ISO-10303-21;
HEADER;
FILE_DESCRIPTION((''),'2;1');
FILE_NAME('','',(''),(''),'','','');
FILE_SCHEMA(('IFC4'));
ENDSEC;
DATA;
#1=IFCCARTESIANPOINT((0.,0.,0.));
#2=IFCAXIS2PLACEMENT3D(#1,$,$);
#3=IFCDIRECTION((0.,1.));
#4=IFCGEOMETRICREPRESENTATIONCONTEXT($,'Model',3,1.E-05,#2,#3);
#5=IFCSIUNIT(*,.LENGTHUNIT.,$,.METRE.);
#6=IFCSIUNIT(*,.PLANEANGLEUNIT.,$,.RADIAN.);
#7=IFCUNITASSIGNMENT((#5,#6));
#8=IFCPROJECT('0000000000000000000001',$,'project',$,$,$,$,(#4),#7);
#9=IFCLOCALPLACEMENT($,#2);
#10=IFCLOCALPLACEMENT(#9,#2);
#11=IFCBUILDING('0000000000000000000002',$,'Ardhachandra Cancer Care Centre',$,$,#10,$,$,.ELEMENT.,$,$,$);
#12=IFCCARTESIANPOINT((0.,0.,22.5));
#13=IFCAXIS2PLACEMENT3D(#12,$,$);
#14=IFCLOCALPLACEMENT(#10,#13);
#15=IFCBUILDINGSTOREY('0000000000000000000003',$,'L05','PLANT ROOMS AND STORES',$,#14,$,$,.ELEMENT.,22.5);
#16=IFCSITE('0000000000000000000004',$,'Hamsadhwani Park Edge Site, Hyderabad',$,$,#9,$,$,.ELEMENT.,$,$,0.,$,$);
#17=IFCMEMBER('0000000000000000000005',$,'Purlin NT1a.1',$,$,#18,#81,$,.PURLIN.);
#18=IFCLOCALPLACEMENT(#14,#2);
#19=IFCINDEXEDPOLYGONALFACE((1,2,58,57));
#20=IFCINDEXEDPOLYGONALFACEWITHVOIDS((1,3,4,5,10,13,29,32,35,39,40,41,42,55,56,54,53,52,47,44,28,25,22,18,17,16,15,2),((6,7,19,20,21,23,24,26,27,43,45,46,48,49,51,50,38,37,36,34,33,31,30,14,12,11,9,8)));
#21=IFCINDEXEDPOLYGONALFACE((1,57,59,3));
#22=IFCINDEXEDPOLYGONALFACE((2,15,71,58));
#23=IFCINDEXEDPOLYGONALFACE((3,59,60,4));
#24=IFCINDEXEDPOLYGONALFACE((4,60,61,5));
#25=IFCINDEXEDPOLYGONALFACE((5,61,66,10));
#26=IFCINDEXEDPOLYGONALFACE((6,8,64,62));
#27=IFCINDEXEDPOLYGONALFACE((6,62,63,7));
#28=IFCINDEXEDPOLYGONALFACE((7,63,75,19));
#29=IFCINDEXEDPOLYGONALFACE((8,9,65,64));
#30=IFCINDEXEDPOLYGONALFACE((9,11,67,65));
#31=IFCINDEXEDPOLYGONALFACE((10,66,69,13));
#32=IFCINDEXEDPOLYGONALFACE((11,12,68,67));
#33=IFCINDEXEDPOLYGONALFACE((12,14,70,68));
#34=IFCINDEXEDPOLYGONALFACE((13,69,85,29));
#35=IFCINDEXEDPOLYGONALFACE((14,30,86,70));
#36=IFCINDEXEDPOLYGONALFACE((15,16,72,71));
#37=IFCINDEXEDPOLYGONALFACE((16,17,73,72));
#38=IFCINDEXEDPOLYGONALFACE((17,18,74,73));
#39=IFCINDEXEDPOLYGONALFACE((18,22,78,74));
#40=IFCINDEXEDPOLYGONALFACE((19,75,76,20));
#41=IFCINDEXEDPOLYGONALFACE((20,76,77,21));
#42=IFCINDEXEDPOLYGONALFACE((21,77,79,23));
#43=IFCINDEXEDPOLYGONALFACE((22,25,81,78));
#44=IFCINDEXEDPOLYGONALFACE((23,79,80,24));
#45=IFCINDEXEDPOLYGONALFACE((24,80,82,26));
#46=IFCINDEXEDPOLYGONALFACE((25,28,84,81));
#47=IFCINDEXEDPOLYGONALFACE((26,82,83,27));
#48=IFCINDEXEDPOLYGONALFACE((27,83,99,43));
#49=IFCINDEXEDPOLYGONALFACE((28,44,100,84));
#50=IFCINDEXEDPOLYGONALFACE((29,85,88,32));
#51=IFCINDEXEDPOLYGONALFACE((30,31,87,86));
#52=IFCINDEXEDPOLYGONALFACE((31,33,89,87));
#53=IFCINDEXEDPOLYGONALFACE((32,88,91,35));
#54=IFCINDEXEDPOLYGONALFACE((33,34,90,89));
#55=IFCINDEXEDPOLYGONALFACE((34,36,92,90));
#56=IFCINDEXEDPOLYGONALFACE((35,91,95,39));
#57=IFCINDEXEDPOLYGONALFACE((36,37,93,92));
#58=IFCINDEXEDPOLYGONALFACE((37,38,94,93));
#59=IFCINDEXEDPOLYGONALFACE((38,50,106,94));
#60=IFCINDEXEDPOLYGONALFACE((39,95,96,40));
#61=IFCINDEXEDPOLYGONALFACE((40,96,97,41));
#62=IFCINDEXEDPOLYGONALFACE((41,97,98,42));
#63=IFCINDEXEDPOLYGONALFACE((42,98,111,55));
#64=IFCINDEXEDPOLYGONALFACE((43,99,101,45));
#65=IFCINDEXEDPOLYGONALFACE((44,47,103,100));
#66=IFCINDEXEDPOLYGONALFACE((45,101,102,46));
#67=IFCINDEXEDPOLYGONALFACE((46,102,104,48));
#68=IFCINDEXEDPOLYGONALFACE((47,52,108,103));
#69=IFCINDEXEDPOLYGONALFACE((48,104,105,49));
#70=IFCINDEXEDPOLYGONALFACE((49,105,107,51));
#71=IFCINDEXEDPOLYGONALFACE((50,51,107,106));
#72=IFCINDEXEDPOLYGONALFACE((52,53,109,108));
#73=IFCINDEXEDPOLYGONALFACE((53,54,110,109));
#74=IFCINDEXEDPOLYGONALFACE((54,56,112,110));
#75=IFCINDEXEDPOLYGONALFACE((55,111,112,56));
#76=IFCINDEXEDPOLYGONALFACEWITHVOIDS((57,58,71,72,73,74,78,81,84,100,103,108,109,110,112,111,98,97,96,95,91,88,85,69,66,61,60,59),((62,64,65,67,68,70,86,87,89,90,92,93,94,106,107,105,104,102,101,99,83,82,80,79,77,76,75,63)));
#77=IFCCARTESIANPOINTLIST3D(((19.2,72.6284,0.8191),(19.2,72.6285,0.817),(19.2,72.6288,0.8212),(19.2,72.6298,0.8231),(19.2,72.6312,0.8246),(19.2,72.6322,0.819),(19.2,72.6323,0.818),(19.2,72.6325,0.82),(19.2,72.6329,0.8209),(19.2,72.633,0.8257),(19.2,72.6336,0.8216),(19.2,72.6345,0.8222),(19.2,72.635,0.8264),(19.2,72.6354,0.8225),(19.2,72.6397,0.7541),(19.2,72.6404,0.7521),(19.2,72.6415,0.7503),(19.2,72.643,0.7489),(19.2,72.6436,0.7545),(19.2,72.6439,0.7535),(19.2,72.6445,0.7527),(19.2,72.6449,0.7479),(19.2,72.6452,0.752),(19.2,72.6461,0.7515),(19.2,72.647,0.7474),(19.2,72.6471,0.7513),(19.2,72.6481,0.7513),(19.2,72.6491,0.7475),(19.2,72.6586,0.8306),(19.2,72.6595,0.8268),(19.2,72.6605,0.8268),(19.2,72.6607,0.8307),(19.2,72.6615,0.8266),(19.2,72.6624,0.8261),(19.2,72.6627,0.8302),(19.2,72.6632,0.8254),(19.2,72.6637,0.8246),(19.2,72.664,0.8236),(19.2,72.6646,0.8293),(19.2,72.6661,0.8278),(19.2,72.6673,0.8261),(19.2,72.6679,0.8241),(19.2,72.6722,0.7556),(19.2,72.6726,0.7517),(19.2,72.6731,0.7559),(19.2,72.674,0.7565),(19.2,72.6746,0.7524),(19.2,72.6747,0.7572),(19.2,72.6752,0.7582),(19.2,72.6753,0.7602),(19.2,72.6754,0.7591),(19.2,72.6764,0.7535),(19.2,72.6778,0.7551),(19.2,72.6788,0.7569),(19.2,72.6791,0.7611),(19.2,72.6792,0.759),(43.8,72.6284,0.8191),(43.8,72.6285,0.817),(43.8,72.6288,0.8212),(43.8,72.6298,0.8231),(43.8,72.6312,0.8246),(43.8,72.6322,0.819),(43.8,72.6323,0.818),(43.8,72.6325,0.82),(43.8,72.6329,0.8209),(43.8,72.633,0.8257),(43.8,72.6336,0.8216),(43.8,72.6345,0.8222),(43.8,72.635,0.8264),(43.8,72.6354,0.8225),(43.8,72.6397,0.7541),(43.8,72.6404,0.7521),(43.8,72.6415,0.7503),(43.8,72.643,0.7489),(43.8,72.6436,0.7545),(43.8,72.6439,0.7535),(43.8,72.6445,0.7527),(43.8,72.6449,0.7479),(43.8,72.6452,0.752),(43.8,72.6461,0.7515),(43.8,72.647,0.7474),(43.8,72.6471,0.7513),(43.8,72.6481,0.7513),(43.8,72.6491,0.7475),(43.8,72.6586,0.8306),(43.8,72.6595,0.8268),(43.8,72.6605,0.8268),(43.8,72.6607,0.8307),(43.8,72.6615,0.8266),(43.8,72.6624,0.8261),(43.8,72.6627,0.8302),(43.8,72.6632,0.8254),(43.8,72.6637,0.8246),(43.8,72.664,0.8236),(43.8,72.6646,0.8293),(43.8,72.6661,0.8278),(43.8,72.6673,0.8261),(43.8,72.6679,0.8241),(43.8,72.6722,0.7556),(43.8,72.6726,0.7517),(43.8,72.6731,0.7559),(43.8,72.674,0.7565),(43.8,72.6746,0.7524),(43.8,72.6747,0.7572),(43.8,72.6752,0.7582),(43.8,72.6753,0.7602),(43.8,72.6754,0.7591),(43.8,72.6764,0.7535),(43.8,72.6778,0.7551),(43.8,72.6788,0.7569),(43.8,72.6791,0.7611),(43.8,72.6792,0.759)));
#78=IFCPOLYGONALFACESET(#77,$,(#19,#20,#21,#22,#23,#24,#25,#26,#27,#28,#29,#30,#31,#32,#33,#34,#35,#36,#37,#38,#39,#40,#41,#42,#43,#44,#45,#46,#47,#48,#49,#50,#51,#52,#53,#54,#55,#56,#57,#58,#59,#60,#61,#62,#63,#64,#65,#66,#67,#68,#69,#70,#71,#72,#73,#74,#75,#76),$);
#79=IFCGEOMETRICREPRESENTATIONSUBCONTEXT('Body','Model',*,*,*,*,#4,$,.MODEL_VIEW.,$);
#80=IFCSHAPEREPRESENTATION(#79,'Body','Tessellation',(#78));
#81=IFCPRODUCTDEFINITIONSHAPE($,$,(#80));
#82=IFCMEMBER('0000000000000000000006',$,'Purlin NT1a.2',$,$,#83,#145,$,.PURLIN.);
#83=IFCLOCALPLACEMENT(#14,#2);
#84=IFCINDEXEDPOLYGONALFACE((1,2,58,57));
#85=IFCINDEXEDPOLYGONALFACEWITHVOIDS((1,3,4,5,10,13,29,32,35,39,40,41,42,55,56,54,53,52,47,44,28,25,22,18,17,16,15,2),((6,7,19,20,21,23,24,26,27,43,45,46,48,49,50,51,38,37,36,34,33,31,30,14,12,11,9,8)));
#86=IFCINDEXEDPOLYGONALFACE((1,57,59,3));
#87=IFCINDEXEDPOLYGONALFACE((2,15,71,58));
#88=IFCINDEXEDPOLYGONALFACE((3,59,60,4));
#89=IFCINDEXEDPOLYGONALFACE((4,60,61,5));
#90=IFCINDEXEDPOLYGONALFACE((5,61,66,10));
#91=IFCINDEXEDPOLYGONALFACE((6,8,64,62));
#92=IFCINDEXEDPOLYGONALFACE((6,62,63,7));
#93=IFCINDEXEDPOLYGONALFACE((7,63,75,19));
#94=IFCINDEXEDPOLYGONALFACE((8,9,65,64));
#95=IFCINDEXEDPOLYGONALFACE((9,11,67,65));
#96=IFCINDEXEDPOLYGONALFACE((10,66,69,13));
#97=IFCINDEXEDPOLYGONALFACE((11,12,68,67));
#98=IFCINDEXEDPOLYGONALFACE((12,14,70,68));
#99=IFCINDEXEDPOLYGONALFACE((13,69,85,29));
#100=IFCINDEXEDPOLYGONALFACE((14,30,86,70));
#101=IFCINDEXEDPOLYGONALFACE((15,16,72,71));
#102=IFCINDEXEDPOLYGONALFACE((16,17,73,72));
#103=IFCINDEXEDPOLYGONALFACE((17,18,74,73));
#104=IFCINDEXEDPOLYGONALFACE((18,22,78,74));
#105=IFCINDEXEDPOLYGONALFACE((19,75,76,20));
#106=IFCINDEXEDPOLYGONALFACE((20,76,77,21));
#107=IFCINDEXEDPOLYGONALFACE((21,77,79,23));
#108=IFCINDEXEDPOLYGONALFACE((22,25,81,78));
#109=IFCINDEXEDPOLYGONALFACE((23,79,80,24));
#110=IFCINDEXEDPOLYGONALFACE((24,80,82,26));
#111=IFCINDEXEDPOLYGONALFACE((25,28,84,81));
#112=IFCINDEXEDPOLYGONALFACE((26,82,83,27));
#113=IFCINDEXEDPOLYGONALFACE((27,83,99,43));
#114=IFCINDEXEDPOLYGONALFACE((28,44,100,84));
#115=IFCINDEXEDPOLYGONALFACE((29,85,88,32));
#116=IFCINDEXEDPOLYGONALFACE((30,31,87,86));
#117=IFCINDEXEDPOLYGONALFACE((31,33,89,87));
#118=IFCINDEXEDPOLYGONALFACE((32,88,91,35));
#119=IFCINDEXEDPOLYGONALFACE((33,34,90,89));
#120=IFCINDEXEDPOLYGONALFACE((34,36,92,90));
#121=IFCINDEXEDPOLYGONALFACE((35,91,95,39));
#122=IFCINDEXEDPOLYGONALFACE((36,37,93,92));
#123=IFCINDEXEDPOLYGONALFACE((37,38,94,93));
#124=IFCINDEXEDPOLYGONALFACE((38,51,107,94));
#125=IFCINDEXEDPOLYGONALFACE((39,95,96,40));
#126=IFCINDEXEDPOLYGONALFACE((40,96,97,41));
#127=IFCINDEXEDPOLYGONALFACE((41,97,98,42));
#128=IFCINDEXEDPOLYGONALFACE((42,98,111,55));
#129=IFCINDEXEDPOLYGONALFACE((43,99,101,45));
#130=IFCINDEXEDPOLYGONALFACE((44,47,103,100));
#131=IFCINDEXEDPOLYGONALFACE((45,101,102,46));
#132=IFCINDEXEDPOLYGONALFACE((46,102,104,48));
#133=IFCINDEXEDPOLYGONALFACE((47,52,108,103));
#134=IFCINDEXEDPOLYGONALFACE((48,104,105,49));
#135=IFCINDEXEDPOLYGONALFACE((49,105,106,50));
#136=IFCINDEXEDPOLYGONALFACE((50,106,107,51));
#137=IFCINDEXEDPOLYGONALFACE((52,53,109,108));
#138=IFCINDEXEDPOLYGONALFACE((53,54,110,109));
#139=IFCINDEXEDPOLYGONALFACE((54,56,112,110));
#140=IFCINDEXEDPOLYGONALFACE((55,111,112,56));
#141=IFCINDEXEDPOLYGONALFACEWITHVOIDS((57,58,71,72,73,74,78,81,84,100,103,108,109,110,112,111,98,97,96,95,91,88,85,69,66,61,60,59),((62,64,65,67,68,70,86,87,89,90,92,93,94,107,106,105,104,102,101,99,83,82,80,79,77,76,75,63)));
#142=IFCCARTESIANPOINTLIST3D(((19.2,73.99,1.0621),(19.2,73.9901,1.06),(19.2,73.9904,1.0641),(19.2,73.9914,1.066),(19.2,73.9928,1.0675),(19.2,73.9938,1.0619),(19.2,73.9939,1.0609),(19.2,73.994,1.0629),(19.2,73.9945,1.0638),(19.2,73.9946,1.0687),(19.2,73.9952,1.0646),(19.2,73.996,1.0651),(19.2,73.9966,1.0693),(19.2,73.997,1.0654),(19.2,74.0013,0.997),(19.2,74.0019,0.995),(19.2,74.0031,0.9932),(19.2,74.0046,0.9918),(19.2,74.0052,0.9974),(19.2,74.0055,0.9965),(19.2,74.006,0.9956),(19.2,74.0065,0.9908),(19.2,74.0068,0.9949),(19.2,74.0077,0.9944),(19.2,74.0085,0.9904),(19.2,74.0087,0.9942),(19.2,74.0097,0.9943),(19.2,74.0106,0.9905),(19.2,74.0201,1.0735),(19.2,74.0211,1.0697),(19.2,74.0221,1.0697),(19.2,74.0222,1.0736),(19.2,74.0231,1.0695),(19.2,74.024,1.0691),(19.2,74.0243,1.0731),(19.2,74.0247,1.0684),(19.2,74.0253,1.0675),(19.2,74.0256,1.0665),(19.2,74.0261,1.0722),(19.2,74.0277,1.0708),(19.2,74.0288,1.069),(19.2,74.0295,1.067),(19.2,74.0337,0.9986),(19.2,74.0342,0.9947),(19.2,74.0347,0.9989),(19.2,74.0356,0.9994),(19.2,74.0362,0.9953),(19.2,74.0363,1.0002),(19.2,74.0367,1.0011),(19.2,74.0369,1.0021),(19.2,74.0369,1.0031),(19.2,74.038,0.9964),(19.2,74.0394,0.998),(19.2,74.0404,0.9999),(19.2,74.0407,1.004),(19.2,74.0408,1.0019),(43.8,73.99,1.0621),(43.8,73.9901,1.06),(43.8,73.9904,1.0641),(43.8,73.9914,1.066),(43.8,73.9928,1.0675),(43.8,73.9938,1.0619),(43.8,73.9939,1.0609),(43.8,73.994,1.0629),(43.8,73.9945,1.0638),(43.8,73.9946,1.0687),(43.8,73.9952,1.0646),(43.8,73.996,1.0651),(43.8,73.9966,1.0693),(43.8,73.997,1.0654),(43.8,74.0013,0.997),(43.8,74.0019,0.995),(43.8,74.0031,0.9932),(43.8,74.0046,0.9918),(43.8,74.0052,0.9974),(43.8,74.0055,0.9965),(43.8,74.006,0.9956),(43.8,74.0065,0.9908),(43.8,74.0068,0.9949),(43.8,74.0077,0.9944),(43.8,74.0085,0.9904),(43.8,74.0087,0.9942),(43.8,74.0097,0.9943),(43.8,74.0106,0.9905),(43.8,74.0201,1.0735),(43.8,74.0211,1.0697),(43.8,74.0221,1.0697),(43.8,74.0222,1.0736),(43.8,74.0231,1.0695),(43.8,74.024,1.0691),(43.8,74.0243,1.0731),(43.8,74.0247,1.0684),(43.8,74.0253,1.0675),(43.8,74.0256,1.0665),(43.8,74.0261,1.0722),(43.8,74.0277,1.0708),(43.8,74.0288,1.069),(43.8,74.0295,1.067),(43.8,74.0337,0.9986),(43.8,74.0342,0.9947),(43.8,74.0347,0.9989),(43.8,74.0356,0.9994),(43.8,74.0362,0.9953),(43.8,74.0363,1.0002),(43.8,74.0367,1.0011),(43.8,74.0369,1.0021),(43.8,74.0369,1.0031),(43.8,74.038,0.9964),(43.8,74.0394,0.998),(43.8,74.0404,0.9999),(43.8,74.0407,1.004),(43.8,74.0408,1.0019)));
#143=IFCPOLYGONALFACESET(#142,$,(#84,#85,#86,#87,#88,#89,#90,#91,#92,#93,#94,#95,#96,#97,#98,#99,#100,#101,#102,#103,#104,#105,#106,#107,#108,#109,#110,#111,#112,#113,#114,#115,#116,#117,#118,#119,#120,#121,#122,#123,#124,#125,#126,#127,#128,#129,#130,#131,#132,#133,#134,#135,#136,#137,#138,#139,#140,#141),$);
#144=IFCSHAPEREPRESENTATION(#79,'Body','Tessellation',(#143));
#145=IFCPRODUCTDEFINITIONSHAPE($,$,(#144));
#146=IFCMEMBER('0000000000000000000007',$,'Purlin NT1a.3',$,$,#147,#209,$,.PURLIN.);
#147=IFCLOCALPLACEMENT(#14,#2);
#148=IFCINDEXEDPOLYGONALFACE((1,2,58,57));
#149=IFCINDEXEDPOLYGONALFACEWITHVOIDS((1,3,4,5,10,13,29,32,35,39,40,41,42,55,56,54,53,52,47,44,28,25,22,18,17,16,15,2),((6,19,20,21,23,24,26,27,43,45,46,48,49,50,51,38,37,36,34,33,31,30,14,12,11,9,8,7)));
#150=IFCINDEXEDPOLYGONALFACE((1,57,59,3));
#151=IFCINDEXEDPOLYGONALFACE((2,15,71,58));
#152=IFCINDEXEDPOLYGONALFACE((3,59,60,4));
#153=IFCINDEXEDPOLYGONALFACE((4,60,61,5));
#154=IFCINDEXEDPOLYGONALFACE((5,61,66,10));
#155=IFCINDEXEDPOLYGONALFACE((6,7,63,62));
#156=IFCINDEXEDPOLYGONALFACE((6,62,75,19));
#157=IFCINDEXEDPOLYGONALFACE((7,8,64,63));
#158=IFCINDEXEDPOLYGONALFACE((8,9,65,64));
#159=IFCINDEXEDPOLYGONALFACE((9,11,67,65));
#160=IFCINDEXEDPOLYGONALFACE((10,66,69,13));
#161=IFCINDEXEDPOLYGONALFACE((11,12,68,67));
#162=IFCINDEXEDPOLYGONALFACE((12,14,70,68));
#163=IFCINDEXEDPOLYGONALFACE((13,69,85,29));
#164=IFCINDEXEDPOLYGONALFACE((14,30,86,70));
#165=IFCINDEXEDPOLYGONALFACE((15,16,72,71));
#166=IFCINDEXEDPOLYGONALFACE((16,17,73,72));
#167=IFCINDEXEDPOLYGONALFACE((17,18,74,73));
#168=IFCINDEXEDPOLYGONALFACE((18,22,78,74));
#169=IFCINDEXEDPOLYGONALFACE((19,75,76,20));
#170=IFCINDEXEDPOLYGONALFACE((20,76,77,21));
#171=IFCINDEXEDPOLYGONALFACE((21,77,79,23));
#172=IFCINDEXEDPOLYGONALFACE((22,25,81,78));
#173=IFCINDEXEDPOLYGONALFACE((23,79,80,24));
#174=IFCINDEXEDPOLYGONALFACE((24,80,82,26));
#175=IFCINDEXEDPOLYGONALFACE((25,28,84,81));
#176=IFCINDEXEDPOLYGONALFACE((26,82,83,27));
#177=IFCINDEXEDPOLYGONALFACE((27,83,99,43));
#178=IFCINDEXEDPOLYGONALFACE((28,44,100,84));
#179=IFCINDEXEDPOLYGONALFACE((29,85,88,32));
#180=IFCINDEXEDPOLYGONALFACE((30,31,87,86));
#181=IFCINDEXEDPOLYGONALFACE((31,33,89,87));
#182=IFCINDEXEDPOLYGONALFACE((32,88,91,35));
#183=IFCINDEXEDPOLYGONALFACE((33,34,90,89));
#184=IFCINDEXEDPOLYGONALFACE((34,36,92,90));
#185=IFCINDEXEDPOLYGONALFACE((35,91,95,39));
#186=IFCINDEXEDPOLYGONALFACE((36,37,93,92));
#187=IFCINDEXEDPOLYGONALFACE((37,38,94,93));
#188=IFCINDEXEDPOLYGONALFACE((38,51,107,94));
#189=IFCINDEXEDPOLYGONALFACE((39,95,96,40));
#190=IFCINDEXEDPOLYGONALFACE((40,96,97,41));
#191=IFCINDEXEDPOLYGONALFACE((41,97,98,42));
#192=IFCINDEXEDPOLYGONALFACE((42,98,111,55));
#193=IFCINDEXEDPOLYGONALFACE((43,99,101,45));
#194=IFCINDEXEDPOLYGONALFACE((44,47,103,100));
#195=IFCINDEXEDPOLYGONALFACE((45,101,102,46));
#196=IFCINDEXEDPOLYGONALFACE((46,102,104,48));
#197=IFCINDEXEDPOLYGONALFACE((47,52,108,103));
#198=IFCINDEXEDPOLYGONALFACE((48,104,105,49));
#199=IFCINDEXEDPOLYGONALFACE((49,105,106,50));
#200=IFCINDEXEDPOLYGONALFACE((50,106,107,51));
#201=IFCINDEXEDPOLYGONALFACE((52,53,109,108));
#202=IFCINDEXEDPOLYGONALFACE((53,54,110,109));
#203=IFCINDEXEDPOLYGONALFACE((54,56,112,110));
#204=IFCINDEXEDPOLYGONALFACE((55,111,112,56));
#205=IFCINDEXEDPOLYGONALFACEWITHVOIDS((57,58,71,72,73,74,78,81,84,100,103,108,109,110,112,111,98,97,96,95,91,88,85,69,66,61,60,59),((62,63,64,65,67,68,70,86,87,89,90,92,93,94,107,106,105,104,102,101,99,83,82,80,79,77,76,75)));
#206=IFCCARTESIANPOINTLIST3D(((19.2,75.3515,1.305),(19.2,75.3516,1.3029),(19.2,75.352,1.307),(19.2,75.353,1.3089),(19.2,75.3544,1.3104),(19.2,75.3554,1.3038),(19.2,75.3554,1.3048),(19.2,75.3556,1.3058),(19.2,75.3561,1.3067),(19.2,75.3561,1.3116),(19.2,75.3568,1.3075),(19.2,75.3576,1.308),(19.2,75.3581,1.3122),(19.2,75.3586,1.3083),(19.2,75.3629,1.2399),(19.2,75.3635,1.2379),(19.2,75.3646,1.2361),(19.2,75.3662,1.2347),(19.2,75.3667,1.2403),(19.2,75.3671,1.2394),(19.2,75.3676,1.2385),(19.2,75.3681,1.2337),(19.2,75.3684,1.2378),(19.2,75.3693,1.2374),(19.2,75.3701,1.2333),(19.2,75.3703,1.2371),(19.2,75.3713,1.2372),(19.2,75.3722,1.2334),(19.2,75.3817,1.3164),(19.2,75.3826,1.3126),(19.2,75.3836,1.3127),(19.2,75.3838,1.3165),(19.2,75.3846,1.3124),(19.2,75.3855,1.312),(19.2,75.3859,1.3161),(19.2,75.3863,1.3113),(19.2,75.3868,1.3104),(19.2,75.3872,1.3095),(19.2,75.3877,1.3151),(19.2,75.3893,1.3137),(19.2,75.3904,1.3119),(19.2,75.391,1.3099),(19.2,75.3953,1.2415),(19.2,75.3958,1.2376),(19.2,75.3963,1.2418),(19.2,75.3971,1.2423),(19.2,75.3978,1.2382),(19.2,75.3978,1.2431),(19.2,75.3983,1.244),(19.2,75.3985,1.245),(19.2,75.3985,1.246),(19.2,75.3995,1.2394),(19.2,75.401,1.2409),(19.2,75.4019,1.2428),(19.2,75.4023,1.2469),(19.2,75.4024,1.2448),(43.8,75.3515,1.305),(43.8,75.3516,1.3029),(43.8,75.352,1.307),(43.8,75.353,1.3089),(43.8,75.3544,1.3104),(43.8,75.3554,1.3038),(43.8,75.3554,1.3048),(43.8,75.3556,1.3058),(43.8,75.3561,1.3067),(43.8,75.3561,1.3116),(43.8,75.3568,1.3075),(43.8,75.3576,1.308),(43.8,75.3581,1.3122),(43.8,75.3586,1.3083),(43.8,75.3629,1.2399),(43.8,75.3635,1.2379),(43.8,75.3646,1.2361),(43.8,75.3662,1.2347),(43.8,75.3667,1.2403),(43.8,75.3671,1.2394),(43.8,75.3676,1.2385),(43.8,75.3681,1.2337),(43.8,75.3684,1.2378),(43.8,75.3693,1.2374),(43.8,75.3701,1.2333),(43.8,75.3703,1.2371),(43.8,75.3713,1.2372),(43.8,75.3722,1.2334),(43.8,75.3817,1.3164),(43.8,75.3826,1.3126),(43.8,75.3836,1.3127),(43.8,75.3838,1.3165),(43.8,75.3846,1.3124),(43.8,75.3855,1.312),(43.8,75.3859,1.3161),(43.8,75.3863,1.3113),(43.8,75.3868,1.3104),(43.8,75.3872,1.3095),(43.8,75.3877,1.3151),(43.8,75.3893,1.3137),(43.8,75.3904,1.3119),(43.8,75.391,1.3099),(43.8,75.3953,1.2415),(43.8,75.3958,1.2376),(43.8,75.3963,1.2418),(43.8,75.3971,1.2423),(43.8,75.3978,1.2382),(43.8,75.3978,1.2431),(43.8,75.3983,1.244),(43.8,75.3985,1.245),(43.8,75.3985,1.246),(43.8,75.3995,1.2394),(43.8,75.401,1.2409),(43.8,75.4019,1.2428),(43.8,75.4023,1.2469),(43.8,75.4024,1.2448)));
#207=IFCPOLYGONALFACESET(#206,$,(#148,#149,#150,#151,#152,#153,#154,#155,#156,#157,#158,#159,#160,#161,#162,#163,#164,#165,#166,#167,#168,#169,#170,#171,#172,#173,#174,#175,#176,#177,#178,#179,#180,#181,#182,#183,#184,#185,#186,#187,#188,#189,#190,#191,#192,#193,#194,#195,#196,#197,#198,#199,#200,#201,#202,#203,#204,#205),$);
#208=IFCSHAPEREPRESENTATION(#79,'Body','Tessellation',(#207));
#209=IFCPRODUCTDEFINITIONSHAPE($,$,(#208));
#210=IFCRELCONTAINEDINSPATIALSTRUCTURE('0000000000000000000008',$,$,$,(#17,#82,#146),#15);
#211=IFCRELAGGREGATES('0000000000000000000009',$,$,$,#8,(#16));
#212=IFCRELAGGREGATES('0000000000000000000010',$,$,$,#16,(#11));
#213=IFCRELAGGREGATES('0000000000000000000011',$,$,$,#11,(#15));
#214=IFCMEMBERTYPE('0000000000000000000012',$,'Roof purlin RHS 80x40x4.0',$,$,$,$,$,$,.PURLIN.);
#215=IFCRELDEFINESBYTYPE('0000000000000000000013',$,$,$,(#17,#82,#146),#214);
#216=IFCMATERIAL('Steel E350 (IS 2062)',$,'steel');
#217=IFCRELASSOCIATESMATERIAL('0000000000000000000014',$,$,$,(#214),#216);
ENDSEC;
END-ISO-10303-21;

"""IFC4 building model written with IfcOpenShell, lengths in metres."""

from ifc_helpers import new_model, si_unit, direction, frame, origin, origin_2d, place, context, subcontext, project, spatial, hollow_rectangle, extrude, material, material_profile, profile_set, type_object, element, save


model = new_model("IFC4")

# Units and contexts
model_context = context("Model", 3, precision=1e-05, world=origin(), true_north=direction((0.0, 1.0)))
body_context = subcontext(model_context, "Body", "Model", "MODEL_VIEW")
ifc_project = project(units=[si_unit("LENGTHUNIT", "METRE"), si_unit("PLANEANGLEUNIT", "RADIAN")], contexts=[model_context])

# Site, building, storey
site_placement = place(None, origin())
site = spatial("IfcSite", under=ifc_project, at=site_placement, Name="Hamsadhwani Park Edge Site, Hyderabad", CompositionType="ELEMENT", RefElevation=0.0)
building_placement = place(site_placement, origin())
building = spatial("IfcBuilding", under=site, at=building_placement, Name="Ardhachandra Cancer Care Centre", CompositionType="ELEMENT")
storey_placement = place(building_placement, frame((0.0, 0.0, 22.5)))
storey = spatial("IfcBuildingStorey", under=building, at=storey_placement, Name="L05", Description="PLANT ROOMS AND STORES", CompositionType="ELEMENT", Elevation=22.5)

# Members
ifc_material_1 = material(Name="Steel E350 (IS 2062)", Category="steel")
ifc_material_profile_1 = material_profile(ifc_material_1, hollow_rectangle(XDim=0.04, YDim=0.0801, WallThickness=0.0039, InnerFilletRadius=0.0039, OuterFilletRadius=0.0081, at=origin_2d()), Name="RHS 80x40x4.0")
ifc_profile_set_1 = profile_set([ifc_material_profile_1], Name="Steel E350 (IS 2062)")
member_type_1 = type_object("IfcMemberType", Name="Roof purlin RHS 80x40x4.0", PredefinedType="PURLIN", material=ifc_profile_set_1)
for number, where, z_axis, x_axis, name in (
    (1, (19.2, 72.6538, 0.7891), (1.0, 0.0, 0.0), (0.0, 0.98446, 0.175606), "Purlin NT1a.1"),
    (2, (19.2, 74.0154, 1.032), (1.0, 0.0, 0.0), (0.0, 0.98446, 0.175606), "Purlin NT1a.2"),
    (3, (19.2, 75.377, 1.2749), (1.0, 0.0, 0.0), (0.0, 0.98446, 0.175606), "Purlin NT1a.3"),
):
    element("IfcMember", number, at=place(storey_placement, frame(where, z_axis=z_axis, x_axis=x_axis)), inside=storey, type_object=member_type_1, Name=name, PredefinedType="PURLIN", context=body_context, shape_type="SweptSolid", body=[
        extrude(hollow_rectangle(XDim=0.04, YDim=0.0801, WallThickness=0.0039, InnerFilletRadius=0.0039, OuterFilletRadius=0.0081, at=origin_2d()), origin(), (0.0, 0.0, 1.0), 24.6001),
    ])

save(model, "model.ifc")
